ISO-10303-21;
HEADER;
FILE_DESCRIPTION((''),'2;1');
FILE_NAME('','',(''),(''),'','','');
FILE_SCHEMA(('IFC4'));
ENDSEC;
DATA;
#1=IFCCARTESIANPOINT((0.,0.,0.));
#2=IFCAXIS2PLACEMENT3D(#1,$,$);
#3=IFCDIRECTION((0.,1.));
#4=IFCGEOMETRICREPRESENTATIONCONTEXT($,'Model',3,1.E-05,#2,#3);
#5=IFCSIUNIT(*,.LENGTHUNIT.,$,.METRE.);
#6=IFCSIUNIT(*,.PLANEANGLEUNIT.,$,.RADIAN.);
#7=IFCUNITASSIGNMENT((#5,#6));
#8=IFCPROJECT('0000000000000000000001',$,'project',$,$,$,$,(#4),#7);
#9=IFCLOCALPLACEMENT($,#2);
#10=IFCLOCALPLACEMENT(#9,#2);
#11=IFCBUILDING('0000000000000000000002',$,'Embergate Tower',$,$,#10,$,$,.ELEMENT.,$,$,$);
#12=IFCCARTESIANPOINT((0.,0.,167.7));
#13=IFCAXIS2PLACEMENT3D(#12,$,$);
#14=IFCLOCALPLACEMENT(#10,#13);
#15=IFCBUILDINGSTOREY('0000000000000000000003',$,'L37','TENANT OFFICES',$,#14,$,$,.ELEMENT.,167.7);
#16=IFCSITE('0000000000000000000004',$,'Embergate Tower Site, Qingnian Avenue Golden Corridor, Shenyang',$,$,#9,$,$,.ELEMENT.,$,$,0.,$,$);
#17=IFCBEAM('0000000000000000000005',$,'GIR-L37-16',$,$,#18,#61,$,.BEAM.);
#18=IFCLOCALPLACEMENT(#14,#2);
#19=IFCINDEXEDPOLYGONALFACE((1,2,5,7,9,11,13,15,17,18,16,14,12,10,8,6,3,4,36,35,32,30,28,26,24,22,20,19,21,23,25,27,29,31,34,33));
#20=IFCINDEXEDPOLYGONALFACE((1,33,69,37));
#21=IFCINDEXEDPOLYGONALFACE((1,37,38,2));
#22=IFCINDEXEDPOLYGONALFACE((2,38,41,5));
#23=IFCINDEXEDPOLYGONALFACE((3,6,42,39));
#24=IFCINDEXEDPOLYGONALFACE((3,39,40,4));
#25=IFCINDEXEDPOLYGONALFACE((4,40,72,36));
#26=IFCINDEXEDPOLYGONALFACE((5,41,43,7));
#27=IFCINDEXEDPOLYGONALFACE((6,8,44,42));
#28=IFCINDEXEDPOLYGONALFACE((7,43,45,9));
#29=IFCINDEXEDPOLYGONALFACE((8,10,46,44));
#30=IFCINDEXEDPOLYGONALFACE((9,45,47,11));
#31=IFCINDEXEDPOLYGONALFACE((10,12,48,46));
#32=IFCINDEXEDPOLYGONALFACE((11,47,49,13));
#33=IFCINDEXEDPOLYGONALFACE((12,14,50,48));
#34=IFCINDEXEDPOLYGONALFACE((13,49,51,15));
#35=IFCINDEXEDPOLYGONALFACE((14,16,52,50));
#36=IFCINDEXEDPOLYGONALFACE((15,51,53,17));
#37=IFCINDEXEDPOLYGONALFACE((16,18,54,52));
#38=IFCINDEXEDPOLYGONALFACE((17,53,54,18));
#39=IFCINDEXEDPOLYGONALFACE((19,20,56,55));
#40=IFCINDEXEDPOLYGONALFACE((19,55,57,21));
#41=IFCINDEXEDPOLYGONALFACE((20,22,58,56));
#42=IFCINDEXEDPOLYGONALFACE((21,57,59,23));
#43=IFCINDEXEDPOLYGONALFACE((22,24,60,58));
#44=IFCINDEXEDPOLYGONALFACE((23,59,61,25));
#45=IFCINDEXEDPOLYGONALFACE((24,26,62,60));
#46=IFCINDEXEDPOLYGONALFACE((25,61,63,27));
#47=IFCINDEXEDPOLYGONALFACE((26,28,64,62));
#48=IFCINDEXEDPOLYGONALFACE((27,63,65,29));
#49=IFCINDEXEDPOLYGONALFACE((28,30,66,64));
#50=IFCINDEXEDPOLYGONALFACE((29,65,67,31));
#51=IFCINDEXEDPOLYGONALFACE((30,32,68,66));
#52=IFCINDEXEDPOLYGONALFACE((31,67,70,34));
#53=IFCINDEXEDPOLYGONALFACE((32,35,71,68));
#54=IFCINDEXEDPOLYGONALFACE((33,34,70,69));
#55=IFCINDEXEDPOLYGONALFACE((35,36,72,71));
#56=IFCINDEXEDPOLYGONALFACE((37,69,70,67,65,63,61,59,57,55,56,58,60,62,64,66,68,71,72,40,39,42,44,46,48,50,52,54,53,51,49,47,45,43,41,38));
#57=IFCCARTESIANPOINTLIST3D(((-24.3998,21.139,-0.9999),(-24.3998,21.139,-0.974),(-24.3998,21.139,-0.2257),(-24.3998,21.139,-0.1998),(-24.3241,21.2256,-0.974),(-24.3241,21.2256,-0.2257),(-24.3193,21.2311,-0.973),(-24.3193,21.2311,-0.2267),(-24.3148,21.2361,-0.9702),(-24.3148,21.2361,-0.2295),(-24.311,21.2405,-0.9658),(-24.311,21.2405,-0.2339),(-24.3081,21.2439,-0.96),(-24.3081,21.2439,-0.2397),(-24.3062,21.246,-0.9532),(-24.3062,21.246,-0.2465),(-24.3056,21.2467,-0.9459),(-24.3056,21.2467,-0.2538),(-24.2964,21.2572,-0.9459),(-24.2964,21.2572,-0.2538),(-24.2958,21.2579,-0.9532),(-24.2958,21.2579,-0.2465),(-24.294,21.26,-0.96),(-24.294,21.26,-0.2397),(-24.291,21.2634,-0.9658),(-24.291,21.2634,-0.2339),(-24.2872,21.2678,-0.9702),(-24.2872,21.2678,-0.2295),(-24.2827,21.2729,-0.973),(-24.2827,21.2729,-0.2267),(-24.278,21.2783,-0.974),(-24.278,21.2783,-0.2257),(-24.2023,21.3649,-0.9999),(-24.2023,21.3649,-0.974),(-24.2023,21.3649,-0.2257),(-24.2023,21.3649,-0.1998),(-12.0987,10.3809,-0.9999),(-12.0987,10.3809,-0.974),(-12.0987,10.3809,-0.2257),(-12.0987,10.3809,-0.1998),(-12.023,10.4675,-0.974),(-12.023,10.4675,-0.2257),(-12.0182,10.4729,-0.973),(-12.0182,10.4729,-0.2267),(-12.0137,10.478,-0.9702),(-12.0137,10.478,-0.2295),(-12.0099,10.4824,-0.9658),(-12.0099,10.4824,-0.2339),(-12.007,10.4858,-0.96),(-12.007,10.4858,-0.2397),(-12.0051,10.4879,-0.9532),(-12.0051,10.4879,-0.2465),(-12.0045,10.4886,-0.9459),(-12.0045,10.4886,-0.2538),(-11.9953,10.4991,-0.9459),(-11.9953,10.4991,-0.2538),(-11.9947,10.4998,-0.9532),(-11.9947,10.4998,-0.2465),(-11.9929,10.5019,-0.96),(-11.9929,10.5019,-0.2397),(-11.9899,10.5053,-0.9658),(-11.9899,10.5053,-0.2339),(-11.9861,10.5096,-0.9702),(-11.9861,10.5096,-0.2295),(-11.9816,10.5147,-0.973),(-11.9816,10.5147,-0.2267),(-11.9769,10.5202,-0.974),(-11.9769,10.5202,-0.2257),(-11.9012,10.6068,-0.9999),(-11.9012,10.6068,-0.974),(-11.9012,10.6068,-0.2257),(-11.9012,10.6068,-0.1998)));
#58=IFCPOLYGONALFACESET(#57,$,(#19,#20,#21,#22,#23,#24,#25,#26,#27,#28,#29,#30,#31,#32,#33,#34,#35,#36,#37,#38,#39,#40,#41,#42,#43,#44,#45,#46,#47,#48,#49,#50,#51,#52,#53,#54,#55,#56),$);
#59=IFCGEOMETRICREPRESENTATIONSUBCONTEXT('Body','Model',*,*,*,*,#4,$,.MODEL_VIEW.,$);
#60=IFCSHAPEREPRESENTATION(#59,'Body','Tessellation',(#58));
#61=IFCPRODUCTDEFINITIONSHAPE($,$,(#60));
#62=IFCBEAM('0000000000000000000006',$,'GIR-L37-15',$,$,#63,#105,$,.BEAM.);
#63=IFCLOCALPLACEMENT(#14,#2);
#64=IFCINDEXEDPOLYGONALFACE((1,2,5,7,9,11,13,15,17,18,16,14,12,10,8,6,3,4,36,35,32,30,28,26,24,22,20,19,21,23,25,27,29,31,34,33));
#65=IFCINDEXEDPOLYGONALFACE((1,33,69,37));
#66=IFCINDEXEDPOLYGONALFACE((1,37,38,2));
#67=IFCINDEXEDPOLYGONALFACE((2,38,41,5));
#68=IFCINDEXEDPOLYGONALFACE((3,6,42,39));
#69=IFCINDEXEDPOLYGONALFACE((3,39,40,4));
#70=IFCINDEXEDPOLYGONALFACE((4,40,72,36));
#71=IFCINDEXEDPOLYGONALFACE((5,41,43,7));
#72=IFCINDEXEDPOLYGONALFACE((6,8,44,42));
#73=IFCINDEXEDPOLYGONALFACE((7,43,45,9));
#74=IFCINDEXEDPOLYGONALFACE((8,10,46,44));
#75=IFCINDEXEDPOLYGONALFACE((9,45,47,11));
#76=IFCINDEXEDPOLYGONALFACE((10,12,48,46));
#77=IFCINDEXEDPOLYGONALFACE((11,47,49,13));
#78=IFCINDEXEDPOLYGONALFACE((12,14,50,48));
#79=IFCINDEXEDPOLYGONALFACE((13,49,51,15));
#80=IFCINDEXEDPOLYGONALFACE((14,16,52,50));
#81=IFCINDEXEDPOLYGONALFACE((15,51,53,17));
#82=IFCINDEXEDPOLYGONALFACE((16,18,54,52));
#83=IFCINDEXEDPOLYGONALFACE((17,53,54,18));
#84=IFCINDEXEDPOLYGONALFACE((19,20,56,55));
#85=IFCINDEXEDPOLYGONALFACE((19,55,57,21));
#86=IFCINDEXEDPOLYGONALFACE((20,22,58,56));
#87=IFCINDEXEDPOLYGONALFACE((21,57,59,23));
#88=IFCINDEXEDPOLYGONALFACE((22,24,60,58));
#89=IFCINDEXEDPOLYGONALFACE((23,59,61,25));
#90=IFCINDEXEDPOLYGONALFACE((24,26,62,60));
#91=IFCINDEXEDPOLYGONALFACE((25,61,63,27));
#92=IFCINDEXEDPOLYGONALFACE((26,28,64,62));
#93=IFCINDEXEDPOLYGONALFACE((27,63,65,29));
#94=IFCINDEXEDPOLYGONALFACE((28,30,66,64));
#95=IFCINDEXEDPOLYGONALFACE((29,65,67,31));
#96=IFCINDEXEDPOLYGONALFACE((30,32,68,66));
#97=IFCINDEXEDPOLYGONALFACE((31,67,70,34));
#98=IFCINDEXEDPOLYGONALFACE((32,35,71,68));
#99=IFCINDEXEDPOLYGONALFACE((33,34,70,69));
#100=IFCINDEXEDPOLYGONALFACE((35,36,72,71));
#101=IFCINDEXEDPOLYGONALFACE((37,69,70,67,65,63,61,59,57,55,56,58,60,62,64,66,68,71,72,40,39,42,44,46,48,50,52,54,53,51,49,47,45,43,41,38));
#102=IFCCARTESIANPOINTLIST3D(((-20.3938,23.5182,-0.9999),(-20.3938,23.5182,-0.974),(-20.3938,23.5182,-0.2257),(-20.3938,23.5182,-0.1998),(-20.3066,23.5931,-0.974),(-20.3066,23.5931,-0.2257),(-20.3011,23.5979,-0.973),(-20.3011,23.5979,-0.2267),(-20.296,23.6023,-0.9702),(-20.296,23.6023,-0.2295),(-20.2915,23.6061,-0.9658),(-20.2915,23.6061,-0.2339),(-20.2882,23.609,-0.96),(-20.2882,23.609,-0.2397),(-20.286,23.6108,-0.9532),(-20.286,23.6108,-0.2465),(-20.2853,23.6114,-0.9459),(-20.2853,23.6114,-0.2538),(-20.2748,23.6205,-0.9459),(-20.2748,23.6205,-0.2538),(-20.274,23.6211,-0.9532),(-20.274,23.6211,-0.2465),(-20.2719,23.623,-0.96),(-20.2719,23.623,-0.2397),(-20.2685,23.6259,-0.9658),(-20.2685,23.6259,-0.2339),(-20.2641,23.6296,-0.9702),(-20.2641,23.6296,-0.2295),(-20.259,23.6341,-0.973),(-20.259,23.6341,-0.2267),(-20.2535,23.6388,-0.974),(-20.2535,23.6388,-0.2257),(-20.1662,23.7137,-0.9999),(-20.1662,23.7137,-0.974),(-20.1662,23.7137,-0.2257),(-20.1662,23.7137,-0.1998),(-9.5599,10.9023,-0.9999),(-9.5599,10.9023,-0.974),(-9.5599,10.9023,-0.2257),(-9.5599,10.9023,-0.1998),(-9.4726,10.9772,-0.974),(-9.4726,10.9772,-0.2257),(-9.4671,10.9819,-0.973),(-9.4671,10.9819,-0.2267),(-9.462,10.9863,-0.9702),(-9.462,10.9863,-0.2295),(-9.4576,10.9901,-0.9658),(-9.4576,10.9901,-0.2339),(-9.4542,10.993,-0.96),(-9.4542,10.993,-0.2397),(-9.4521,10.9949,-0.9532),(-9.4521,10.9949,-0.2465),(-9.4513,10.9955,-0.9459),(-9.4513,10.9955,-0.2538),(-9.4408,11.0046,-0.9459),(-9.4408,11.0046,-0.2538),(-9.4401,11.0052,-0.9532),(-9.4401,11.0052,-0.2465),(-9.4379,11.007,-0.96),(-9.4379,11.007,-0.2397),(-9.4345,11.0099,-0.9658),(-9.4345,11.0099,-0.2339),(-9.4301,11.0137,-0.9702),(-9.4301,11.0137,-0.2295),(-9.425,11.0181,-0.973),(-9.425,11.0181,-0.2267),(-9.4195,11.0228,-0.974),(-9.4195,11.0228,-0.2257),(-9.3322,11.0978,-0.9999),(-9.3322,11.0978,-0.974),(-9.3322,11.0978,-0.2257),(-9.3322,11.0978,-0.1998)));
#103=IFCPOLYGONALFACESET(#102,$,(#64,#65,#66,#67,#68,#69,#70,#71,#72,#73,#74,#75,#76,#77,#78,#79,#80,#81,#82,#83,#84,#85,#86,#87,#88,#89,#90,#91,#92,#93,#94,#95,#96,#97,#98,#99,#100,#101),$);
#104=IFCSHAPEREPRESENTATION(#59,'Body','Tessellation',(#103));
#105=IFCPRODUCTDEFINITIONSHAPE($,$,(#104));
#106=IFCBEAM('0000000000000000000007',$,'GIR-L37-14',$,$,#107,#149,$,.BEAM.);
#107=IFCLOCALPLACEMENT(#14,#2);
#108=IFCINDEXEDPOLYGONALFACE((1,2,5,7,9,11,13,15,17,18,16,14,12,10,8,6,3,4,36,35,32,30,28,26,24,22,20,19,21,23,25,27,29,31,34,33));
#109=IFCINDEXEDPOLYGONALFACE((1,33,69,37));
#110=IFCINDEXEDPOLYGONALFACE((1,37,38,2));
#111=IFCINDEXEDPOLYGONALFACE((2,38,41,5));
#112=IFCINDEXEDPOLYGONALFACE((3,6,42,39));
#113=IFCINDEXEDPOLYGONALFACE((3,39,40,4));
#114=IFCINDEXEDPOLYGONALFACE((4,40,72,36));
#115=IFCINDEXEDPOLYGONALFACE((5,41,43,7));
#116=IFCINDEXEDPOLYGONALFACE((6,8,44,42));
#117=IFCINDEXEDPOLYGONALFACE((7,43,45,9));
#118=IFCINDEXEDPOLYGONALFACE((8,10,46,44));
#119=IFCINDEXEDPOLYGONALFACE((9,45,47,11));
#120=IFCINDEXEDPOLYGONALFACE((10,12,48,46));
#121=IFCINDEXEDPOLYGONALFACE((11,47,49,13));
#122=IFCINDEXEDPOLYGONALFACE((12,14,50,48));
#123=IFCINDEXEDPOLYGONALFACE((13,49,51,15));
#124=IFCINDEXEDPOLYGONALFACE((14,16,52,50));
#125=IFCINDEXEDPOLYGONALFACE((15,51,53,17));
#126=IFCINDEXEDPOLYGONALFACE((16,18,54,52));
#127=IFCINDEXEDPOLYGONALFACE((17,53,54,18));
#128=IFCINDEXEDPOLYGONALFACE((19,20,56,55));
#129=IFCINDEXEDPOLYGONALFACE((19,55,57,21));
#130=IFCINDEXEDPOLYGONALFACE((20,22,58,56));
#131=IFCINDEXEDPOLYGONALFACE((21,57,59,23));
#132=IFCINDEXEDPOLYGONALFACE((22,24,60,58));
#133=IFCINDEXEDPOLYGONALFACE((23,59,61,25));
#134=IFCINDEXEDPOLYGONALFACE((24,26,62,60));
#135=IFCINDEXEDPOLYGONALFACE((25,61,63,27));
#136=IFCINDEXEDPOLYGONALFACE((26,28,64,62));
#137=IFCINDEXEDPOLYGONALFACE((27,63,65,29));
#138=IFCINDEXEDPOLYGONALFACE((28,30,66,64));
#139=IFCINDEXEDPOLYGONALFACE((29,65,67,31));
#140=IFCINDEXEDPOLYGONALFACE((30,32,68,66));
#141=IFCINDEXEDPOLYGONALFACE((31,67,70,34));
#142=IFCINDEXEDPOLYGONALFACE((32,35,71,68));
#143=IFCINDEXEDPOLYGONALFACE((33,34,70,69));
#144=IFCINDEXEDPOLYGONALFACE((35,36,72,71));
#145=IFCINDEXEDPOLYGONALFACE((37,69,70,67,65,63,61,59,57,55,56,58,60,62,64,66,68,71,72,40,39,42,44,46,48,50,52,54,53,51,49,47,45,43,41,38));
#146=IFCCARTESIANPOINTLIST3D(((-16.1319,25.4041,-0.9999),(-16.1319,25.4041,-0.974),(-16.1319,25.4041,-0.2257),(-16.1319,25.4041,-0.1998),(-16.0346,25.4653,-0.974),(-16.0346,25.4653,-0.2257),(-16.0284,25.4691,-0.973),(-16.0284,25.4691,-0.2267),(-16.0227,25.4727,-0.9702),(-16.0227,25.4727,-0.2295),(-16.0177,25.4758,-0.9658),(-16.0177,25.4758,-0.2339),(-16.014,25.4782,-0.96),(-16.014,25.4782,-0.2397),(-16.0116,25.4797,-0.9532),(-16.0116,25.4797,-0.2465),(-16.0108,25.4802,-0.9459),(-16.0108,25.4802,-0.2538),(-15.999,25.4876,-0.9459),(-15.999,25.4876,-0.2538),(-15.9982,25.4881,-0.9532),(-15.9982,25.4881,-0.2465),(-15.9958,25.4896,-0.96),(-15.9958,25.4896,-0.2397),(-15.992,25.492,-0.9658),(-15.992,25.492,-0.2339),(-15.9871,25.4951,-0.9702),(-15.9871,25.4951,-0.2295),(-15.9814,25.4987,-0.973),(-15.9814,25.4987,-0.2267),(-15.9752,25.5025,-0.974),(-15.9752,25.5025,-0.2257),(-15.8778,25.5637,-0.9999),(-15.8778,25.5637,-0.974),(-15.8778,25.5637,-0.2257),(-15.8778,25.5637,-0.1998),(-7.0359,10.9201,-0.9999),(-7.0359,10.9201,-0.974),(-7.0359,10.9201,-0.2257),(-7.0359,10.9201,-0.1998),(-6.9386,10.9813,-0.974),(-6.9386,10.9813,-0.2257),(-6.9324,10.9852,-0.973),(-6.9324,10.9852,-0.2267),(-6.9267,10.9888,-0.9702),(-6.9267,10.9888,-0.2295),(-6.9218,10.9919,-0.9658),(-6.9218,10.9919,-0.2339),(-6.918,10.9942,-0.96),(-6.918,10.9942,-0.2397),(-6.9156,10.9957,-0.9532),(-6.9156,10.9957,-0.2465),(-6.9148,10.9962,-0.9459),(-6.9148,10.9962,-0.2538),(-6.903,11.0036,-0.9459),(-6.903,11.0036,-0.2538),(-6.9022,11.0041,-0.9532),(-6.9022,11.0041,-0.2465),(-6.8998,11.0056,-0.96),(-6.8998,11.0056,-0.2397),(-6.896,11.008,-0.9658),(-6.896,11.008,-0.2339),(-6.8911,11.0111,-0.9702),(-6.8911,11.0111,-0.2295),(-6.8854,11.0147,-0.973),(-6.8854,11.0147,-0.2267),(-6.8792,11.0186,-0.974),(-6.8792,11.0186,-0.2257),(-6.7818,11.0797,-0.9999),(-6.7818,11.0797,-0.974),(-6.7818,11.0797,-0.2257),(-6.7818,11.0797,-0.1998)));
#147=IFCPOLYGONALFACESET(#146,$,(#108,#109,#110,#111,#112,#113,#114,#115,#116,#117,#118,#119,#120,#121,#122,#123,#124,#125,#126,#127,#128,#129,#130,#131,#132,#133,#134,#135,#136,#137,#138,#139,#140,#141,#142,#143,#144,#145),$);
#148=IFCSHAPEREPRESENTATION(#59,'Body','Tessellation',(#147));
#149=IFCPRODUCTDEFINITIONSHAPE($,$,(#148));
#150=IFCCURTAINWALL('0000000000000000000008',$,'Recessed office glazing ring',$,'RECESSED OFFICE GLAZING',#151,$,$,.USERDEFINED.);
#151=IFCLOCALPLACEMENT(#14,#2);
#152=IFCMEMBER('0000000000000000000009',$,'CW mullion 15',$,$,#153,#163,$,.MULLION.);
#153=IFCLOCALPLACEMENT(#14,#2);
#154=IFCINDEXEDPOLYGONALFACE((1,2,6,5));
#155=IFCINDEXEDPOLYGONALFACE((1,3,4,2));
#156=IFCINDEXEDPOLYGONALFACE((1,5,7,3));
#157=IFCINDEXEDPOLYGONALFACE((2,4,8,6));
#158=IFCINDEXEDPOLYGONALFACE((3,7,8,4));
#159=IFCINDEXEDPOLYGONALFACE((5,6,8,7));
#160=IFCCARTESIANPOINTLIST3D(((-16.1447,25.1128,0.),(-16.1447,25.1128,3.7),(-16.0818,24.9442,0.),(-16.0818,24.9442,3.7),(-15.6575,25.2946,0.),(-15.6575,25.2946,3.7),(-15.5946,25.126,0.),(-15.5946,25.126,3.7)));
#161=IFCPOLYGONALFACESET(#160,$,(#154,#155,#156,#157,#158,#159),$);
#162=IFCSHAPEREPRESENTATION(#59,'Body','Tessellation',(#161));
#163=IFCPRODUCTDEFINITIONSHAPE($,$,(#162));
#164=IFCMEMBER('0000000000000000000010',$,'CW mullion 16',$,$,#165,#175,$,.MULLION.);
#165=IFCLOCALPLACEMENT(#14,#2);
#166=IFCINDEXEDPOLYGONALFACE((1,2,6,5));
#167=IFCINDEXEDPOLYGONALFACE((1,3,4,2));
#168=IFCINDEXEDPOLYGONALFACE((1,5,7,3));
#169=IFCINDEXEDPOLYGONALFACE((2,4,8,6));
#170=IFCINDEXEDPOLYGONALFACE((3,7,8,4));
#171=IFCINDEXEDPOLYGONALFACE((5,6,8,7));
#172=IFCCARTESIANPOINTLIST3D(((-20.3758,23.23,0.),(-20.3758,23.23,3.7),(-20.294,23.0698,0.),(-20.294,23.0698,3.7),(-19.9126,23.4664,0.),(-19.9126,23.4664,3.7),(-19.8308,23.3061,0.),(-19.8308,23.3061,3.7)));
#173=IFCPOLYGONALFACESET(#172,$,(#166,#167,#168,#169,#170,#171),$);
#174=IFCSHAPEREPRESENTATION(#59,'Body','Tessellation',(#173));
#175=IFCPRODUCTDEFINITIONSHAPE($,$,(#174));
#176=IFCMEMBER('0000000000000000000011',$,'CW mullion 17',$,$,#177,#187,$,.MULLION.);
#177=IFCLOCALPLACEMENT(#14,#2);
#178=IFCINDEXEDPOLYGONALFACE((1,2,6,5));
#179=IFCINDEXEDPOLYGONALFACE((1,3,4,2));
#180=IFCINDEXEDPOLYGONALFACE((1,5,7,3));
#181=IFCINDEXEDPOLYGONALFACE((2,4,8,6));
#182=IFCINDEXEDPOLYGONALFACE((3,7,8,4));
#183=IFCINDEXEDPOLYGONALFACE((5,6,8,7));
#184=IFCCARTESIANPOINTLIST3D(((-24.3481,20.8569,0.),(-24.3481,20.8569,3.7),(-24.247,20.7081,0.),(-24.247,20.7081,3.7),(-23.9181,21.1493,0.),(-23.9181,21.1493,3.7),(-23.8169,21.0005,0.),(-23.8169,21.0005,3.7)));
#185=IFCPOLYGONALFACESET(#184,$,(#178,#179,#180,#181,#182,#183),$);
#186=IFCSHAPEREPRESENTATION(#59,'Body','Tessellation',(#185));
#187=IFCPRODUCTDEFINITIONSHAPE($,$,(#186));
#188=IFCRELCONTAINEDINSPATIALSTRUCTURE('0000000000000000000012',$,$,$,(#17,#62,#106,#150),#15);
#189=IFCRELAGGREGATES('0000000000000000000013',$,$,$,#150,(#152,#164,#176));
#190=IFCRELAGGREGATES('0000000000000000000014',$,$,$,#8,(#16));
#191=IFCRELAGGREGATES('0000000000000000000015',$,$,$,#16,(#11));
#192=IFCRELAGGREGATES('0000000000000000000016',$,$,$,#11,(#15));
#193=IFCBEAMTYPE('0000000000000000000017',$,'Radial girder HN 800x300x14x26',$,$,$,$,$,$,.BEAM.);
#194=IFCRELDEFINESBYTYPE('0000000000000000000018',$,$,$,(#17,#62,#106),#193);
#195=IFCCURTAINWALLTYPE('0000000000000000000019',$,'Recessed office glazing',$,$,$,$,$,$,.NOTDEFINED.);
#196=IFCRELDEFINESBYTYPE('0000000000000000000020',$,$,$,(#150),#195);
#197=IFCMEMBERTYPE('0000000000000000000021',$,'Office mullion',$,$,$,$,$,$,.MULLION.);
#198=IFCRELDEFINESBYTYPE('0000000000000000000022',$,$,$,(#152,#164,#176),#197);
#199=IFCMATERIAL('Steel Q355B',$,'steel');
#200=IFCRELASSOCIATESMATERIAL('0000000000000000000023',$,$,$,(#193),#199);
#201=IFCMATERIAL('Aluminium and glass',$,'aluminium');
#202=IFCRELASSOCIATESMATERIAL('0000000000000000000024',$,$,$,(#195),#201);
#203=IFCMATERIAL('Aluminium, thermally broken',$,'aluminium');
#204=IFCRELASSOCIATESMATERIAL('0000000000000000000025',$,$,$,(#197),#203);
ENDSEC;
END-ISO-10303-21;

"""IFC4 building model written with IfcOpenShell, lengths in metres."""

from ifc_helpers import new_model, si_unit, direction, frame, origin, origin_2d, place, context, subcontext, project, spatial, rectangle, i_section, extrude, source, transform, mapped, material, material_profile, profile_set, type_object, element, aggregate, save


model = new_model("IFC4")

# Units and contexts
model_context = context("Model", 3, precision=1e-05, world=origin(), true_north=direction((0.0, 1.0)))
body_context = subcontext(model_context, "Body", "Model", "MODEL_VIEW")
ifc_project = project(units=[si_unit("LENGTHUNIT", "METRE"), si_unit("PLANEANGLEUNIT", "RADIAN")], contexts=[model_context])

# Site, building, storey
site_placement = place(None, origin())
site = spatial("IfcSite", under=ifc_project, at=site_placement, Name="Embergate Tower Site, Qingnian Avenue Golden Corridor, Shenyang", CompositionType="ELEMENT", RefElevation=0.0)
building_placement = place(site_placement, origin())
building = spatial("IfcBuilding", under=site, at=building_placement, Name="Embergate Tower", CompositionType="ELEMENT")
storey_placement = place(building_placement, frame((0.0, 0.0, 167.7)))
storey = spatial("IfcBuildingStorey", under=building, at=storey_placement, Name="L37", Description="TENANT OFFICES", CompositionType="ELEMENT", Elevation=167.7)

# Beams
ifc_material_1 = material(Name="Steel Q355B", Category="steel")
ifc_material_profile_1 = material_profile(ifc_material_1, i_section(OverallWidth=0.3, OverallDepth=0.8, WebThickness=0.0139, FlangeThickness=0.0259, FilletRadius=0.0281, at=origin_2d()), Name="HN 800x300x14x26")
ifc_profile_set_1 = profile_set([ifc_material_profile_1], Name="Steel Q355 grade B")
beam_type_1 = type_object("IfcBeamType", Name="Radial girder HN 800x300x14x26", PredefinedType="BEAM", material=ifc_profile_set_1)
shared_shape_1 = source(origin(), body_context, "Body", "SweptSolid", [
    extrude(i_section(OverallWidth=0.3, OverallDepth=0.8, WebThickness=0.0139, FlangeThickness=0.0259, FilletRadius=0.0281, at=origin_2d()), origin(), (0.0, 0.0, 1.0), 16.3418),
])
beam_1_placement = place(storey_placement, frame((-24.301, 21.252, -0.5999), z_axis=(0.752739, -0.658319, 0.0), x_axis=(0.658319, 0.752739, 0.0)))
element("IfcBeam", 1, at=beam_1_placement, inside=storey, type_object=beam_type_1, Name="GIR-L37-16", PredefinedType="BEAM", context=body_context, shape_type="MappedRepresentation", body=[
    mapped(shared_shape_1, transform((0.0, 0.0, 0.0))),
])
shared_shape_2 = source(origin(), body_context, "Body", "SweptSolid", [
    extrude(i_section(OverallWidth=0.3, OverallDepth=0.8, WebThickness=0.0139, FlangeThickness=0.0259, FilletRadius=0.0281, at=origin_2d()), origin(), (0.0, 0.0, 1.0), 16.6294),
])
beam_2_placement = place(storey_placement, frame((-20.28, 23.616, -0.5999), z_axis=(0.651495, -0.758653, 0.0), x_axis=(0.758653, 0.651495, 0.0)))
element("IfcBeam", 2, at=beam_2_placement, inside=storey, type_object=beam_type_1, Name="GIR-L37-15", PredefinedType="BEAM", context=body_context, shape_type="MappedRepresentation", body=[
    mapped(shared_shape_2, transform((0.0, 0.0, 0.0))),
])
shared_shape_3 = source(origin(), body_context, "Body", "SweptSolid", [
    extrude(i_section(OverallWidth=0.3, OverallDepth=0.8, WebThickness=0.0139, FlangeThickness=0.0259, FilletRadius=0.0281, at=origin_2d()), origin(), (0.0, 0.0, 1.0), 17.1033),
])
beam_3_placement = place(storey_placement, frame((-16.0049, 25.4839, -0.5999), z_axis=(0.531827, -0.846853, 0.0), x_axis=(0.846853, 0.531827, 0.0)))
element("IfcBeam", 3, at=beam_3_placement, inside=storey, type_object=beam_type_1, Name="GIR-L37-14", PredefinedType="BEAM", context=body_context, shape_type="MappedRepresentation", body=[
    mapped(shared_shape_3, transform((0.0, 0.0, 0.0))),
])

# Curtain wall, members
ifc_material_2 = material(Name="Aluminium and glass", Category="aluminium")
curtain_wall_type = type_object("IfcCurtainWallType", Name="Recessed office glazing", PredefinedType="NOTDEFINED", material=ifc_material_2)
curtain_wall_placement = place(storey_placement, origin())
curtain_wall = element("IfcCurtainWall", 4, at=curtain_wall_placement, inside=storey, type_object=curtain_wall_type, Name="Recessed office glazing ring", ObjectType="RECESSED OFFICE GLAZING", PredefinedType="USERDEFINED")
ifc_material_3 = material(Name="Aluminium, thermally broken", Category="aluminium")
ifc_material_profile_2 = material_profile(ifc_material_3, rectangle(XDim=0.1799, YDim=0.52, at=origin_2d()), Name="AL 520x180")
ifc_profile_set_2 = profile_set([ifc_material_profile_2], Name="Aluminium, thermally broken")
member_type_1 = type_object("IfcMemberType", Name="Office mullion", PredefinedType="MULLION", material=ifc_profile_set_2)
shared_shape_4 = source(origin(), body_context, "Body", "SweptSolid", [
    extrude(rectangle(XDim=0.1799, YDim=0.52, at=origin_2d()), origin(), (0.0, 0.0, 1.0), 3.7),
])
member_1_placement = place(storey_placement, frame((-15.8696, 25.1194, 0.0), z_axis=(0.0, 0.0, 1.0), x_axis=(0.349503, -0.936935, 0.0)))
member_1 = element("IfcMember", 5, at=member_1_placement, type_object=member_type_1, Name="CW mullion 15", PredefinedType="MULLION", context=body_context, shape_type="MappedRepresentation", body=[
    mapped(shared_shape_4, transform((0.0, 0.0, 0.0))),
])
member_2_placement = place(storey_placement, frame((-20.1033, 23.2681, 0.0), z_axis=(0.0, 0.0, 1.0), x_axis=(0.45451, -0.890742, 0.0)))
member_2 = element("IfcMember", 6, at=member_2_placement, type_object=member_type_1, Name="CW mullion 16", PredefinedType="MULLION", context=body_context, shape_type="MappedRepresentation", body=[
    mapped(shared_shape_4, transform((0.0, 0.0, 0.0))),
])
member_3_placement = place(storey_placement, frame((-24.0825, 20.9287, 0.0), z_axis=(0.0, 0.0, 1.0), x_axis=(0.562216, -0.82699, 0.0)))
member_3 = element("IfcMember", 7, at=member_3_placement, type_object=member_type_1, Name="CW mullion 17", PredefinedType="MULLION", context=body_context, shape_type="MappedRepresentation", body=[
    mapped(shared_shape_4, transform((0.0, 0.0, 0.0))),
])
aggregate(curtain_wall, [member_1, member_2, member_3])

save(model, "model.ifc")
